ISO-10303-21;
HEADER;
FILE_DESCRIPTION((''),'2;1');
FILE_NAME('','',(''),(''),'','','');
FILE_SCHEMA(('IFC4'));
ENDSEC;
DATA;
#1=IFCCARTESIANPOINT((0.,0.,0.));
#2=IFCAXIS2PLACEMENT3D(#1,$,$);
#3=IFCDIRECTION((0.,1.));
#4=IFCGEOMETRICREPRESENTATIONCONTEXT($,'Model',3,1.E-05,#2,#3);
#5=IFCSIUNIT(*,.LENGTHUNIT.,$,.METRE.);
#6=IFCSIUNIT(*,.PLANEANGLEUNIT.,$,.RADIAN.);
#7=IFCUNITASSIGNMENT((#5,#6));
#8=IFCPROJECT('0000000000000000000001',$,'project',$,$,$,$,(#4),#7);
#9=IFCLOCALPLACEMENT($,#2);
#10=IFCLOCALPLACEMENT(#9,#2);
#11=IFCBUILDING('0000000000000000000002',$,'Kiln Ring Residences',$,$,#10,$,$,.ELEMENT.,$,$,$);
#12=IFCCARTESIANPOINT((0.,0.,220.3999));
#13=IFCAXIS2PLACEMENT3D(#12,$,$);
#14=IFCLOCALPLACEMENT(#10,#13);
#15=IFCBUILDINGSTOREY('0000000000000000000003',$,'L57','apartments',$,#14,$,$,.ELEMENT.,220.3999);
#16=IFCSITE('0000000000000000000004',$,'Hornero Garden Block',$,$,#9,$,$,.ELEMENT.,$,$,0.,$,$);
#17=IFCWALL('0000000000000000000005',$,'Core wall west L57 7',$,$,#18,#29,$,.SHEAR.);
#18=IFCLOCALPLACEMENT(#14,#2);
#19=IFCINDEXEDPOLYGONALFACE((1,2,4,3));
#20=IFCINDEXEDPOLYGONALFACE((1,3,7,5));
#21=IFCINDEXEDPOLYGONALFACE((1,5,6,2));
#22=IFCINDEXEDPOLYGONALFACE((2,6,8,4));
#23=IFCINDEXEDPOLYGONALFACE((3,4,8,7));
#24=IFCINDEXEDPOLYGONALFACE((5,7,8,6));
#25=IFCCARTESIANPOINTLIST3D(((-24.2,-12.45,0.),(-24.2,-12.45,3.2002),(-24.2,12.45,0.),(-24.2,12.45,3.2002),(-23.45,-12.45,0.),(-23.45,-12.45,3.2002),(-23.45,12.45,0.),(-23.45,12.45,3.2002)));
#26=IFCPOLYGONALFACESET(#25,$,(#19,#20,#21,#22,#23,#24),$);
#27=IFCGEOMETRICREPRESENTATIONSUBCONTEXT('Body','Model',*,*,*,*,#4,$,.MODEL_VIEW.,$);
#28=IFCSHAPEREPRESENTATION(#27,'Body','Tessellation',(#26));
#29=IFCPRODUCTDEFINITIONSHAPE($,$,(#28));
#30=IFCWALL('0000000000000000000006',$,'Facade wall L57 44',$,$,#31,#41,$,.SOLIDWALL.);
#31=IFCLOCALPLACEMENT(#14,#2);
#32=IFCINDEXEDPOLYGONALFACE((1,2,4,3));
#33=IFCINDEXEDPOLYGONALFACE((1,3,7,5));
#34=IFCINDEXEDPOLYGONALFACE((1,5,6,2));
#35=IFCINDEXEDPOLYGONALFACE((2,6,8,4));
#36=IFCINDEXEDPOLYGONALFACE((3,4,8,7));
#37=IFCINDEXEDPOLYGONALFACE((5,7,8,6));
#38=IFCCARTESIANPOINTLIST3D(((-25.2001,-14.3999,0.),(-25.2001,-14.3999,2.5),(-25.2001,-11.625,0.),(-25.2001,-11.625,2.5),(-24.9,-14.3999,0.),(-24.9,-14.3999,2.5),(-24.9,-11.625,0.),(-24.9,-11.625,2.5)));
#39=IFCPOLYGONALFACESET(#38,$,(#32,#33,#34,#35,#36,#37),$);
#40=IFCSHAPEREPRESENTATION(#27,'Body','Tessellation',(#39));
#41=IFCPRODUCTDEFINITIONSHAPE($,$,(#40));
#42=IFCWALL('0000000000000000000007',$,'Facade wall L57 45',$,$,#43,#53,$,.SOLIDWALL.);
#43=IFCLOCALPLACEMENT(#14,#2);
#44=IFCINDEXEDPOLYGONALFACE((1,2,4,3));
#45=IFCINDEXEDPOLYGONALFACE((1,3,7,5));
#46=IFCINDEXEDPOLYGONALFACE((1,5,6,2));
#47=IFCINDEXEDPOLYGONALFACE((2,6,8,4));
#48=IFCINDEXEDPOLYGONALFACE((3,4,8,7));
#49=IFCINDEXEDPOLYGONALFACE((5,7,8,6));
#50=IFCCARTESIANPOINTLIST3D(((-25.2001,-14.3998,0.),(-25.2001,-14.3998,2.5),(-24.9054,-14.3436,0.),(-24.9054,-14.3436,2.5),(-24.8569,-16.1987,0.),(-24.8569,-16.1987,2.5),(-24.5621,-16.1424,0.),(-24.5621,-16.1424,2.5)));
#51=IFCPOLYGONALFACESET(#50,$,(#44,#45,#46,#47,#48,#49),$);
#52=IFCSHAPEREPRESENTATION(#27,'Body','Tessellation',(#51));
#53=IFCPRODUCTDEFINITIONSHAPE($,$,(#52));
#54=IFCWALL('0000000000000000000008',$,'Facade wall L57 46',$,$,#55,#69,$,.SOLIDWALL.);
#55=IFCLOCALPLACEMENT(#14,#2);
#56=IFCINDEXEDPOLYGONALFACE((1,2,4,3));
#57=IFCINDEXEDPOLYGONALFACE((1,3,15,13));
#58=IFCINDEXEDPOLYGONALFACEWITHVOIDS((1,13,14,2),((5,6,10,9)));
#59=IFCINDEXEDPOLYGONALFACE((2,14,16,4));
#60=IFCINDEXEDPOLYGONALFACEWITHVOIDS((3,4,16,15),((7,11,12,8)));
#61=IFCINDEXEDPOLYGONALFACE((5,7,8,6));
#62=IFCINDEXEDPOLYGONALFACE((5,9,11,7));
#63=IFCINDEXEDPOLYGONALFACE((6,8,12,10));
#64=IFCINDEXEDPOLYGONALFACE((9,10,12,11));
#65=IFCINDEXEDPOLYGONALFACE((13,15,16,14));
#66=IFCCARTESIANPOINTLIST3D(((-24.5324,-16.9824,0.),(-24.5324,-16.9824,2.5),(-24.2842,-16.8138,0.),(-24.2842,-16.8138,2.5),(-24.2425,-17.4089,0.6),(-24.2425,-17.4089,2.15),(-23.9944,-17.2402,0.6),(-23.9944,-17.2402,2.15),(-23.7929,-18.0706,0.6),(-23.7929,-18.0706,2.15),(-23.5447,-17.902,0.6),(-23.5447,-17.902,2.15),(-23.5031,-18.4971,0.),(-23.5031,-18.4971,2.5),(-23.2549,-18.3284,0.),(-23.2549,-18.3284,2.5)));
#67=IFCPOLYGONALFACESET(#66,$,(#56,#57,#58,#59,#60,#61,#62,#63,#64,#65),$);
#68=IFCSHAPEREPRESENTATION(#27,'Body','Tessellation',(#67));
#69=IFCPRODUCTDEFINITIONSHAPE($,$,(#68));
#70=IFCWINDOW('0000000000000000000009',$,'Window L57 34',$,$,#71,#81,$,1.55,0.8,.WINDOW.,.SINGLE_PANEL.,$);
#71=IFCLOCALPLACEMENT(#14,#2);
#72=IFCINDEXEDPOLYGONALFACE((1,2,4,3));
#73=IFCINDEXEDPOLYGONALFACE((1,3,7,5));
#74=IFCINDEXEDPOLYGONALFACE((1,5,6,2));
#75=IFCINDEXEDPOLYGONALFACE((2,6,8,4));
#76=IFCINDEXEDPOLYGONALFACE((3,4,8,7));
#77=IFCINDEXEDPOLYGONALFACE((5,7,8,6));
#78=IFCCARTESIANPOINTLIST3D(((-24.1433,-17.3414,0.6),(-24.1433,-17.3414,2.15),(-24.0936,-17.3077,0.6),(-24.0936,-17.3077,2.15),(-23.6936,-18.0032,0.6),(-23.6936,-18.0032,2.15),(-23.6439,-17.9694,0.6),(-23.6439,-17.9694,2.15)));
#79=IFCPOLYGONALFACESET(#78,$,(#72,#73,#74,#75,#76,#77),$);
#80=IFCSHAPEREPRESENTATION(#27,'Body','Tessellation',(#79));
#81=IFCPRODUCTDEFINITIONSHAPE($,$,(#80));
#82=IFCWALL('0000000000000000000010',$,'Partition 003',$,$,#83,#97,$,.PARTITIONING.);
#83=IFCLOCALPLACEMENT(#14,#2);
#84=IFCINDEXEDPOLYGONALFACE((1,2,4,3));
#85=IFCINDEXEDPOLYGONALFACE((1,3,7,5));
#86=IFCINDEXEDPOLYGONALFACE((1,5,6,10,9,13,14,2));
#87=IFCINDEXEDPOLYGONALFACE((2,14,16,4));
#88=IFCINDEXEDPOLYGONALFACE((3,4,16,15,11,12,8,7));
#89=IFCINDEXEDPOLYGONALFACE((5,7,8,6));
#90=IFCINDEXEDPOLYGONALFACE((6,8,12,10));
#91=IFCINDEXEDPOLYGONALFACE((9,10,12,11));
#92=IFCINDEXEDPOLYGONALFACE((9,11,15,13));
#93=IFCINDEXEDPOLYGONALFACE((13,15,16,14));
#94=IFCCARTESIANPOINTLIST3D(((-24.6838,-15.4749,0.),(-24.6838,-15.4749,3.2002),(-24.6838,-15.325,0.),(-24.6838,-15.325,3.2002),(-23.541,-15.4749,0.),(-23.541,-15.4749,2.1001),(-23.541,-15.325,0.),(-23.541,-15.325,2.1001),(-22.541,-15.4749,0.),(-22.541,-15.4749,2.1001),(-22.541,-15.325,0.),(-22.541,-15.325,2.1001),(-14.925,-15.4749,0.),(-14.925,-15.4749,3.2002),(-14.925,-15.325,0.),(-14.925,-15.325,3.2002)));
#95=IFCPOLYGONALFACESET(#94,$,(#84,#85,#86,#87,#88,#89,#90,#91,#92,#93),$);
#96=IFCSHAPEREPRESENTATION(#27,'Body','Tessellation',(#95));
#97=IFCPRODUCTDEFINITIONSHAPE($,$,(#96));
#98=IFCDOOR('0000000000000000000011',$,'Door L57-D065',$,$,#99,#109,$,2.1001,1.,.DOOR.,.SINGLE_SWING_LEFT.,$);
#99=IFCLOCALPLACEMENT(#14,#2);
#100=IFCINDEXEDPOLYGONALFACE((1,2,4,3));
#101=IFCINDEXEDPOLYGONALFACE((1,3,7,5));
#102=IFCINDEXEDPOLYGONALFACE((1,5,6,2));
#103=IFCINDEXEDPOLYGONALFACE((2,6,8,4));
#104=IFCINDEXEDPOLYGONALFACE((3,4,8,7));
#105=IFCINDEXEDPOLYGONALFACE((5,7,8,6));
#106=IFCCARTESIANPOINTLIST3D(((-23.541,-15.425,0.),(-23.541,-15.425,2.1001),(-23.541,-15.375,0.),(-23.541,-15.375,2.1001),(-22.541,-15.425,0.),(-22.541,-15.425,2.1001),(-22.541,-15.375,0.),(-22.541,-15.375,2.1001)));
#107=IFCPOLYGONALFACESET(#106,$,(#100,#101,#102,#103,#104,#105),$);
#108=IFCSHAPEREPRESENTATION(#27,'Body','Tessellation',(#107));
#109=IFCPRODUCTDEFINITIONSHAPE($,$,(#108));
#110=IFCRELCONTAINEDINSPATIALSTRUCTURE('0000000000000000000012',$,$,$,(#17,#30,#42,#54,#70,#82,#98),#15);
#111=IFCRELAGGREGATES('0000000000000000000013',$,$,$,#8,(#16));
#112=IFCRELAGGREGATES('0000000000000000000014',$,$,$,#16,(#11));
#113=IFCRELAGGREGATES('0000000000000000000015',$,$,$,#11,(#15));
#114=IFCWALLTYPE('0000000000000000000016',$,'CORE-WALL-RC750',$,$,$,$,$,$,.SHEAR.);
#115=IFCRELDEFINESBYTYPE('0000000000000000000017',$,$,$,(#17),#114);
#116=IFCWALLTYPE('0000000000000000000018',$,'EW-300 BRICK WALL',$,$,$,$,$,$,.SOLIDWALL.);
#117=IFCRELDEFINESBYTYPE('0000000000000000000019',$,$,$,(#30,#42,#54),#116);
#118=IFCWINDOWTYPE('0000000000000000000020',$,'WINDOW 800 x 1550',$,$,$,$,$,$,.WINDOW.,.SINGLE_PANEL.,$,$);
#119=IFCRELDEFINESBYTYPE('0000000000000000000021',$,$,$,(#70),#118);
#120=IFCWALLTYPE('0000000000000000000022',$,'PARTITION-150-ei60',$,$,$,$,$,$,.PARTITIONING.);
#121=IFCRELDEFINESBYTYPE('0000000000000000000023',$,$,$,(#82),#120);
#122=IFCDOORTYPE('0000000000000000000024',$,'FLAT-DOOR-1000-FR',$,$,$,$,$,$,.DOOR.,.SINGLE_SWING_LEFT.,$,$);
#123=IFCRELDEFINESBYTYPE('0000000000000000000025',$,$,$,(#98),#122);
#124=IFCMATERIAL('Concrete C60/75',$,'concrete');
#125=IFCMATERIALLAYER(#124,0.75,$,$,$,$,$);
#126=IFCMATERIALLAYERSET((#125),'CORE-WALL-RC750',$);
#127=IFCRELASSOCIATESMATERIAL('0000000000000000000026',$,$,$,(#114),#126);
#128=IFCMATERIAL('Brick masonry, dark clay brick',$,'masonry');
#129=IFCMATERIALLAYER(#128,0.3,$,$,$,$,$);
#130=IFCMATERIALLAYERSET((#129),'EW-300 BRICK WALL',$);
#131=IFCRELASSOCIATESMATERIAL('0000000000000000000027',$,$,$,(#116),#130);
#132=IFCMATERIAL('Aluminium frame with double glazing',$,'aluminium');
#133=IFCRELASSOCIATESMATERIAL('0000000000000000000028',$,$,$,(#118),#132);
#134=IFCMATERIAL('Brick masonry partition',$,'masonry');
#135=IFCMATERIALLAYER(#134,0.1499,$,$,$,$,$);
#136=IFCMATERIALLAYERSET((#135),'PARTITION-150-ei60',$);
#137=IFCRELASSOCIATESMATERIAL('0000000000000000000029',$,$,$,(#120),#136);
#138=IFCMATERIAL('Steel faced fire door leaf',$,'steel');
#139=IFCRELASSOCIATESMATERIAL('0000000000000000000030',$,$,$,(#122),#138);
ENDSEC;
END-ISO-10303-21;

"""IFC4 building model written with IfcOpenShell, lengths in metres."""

from ifc_helpers import new_model, si_unit, direction, frame, frame_2d, origin, place, context, subcontext, project, spatial, rectangle, extrude, material, layer, layer_set, type_object, element, fill, save


model = new_model("IFC4")

# Units and contexts
model_context = context("Model", 3, precision=1e-05, world=origin(), true_north=direction((0.0, 1.0)))
body_context = subcontext(model_context, "Body", "Model", "MODEL_VIEW")
ifc_project = project(units=[si_unit("LENGTHUNIT", "METRE"), si_unit("PLANEANGLEUNIT", "RADIAN")], contexts=[model_context])

# Site, building, storey
site_placement = place(None, origin())
site = spatial("IfcSite", under=ifc_project, at=site_placement, Name="Hornero Garden Block", CompositionType="ELEMENT", RefElevation=0.0)
building_placement = place(site_placement, origin())
building = spatial("IfcBuilding", under=site, at=building_placement, Name="Kiln Ring Residences", CompositionType="ELEMENT")
storey_placement = place(building_placement, frame((0.0, 0.0, 220.3999)))
storey = spatial("IfcBuildingStorey", under=building, at=storey_placement, Name="L57", Description="apartments", CompositionType="ELEMENT", Elevation=220.3999)

# Walls
ifc_material_1 = material(Name="Concrete C60/75", Category="concrete")
ifc_layer_1 = layer(ifc_material_1, 0.75)
ifc_layer_set_1 = layer_set([ifc_layer_1], Name="CORE-WALL-RC750")
wall_type_1 = type_object("IfcWallType", Name="CORE-WALL-RC750", PredefinedType="SHEAR", material=ifc_layer_set_1)
wall_1_placement = place(storey_placement, frame((-23.825, -12.45, 0.0), z_axis=(0.0, 0.0, 1.0), x_axis=(0.0, 1.0, 0.0)))
element("IfcWall", 1, at=wall_1_placement, inside=storey, type_object=wall_type_1, Name="Core wall west L57 7", PredefinedType="SHEAR", context=body_context, shape_type="SweptSolid", body=[
    extrude(rectangle(XDim=24.8999, YDim=0.75, at=frame_2d((12.45, 0.0))), origin(), (0.0, 0.0, 1.0), 3.2002),
])
ifc_material_2 = material(Name="Brick masonry, dark clay brick", Category="masonry")
ifc_layer_2 = layer(ifc_material_2, 0.3)
ifc_layer_set_2 = layer_set([ifc_layer_2], Name="EW-300 BRICK WALL")
wall_type_2 = type_object("IfcWallType", Name="EW-300 BRICK WALL", PredefinedType="SOLIDWALL", material=ifc_layer_set_2)
wall_2_placement = place(storey_placement, frame((-25.05, -11.625, 0.0), z_axis=(0.0, 0.0, 1.0), x_axis=(0.0, -1.0, 0.0)))
element("IfcWall", 2, at=wall_2_placement, inside=storey, type_object=wall_type_2, Name="Facade wall L57 44", PredefinedType="SOLIDWALL", context=body_context, shape_type="SweptSolid", body=[
    extrude(rectangle(XDim=2.7749, YDim=0.3, at=frame_2d((1.3875, 0.0))), origin(), (0.0, 0.0, 1.0), 2.5),
])
wall_3_placement = place(storey_placement, frame((-25.0527, -14.3718, 0.0), z_axis=(0.0, 0.0, 1.0), x_axis=(0.187443, -0.982275, 0.0)))
element("IfcWall", 3, at=wall_3_placement, inside=storey, type_object=wall_type_2, Name="Facade wall L57 45", PredefinedType="SOLIDWALL", context=body_context, shape_type="SweptSolid", body=[
    extrude(rectangle(XDim=1.8313, YDim=0.3, at=frame_2d((0.9155, 0.0))), origin(), (0.0, 0.0, 1.0), 2.5),
])

# Wall, opening, window
wall_4_placement = place(storey_placement, frame((-24.4082, -16.8982, 0.0), z_axis=(0.0, 0.0, 1.0), x_axis=(0.562062, -0.827095, 0.0)))
wall_4 = element("IfcWall", 4, at=wall_4_placement, inside=storey, type_object=wall_type_2, Name="Facade wall L57 46", PredefinedType="SOLIDWALL", context=body_context, shape_type="SweptSolid", body=[
    extrude(rectangle(XDim=1.8313, YDim=0.3, at=frame_2d((0.9155, 0.0))), origin(), (0.0, 0.0, 1.0), 2.5),
])
opening_1_placement = place(wall_4_placement, frame((0.5156, 0.0, 0.6001)))
opening_1 = element("IfcOpeningElement", 5, at=opening_1_placement, cuts=wall_4, PredefinedType="OPENING", context=body_context, shape_type="SweptSolid", body=[
    extrude(rectangle(XDim=0.8, YDim=1.55, at=frame_2d((0.3999, 0.7749))), frame((0.0, 0.1599, 0.0), z_axis=(0.0, -1.0, 0.0), x_axis=(1.0, 0.0, 0.0)), (0.0, 0.0, 1.0), 0.3201),
])
ifc_material_3 = material(Name="Aluminium frame with double glazing", Category="aluminium")
window_type = type_object("IfcWindowType", Name="WINDOW 800 x 1550", PartitioningType="SINGLE_PANEL", PredefinedType="WINDOW", material=ifc_material_3)
window_placement = place(opening_1_placement, origin())
window = element("IfcWindow", 6, at=window_placement, inside=storey, type_object=window_type, Name="Window L57 34", OverallHeight=1.55, OverallWidth=0.8, PartitioningType="SINGLE_PANEL", PredefinedType="WINDOW", context=body_context, shape_type="SweptSolid", body=[
    extrude(rectangle(XDim=0.8, YDim=1.55, at=frame_2d((0.3999, 0.7749))), frame((0.0, 0.03, 0.0), z_axis=(0.0, -1.0, 0.0), x_axis=(1.0, 0.0, 0.0)), (0.0, 0.0, 1.0), 0.0601),
])
fill(opening_1, window)

# Wall, opening, door
ifc_material_4 = material(Name="Brick masonry partition", Category="masonry")
ifc_layer_3 = layer(ifc_material_4, 0.1499)
ifc_layer_set_3 = layer_set([ifc_layer_3], Name="PARTITION-150-ei60")
wall_type_3 = type_object("IfcWallType", Name="PARTITION-150-ei60", PredefinedType="PARTITIONING", material=ifc_layer_set_3)
wall_5_placement = place(storey_placement, frame((-24.6838, -15.3999, 0.0), z_axis=(0.0, 0.0, 1.0), x_axis=(1.0, 0.0, 0.0)))
wall_5 = element("IfcWall", 7, at=wall_5_placement, inside=storey, type_object=wall_type_3, Name="Partition 003", PredefinedType="PARTITIONING", context=body_context, shape_type="SweptSolid", body=[
    extrude(rectangle(XDim=9.7588, YDim=0.1499, at=frame_2d((4.8794, 0.0))), origin(), (0.0, 0.0, 1.0), 3.2002),
])
opening_2_placement = place(wall_5_placement, frame((1.1428, 0.0, 0.0)))
opening_2 = element("IfcOpeningElement", 8, at=opening_2_placement, cuts=wall_5, PredefinedType="OPENING", context=body_context, shape_type="SweptSolid", body=[
    extrude(rectangle(XDim=1.0, YDim=2.1001, at=frame_2d((0.5, 1.05))), frame((0.0, 0.085, 0.0), z_axis=(0.0, -1.0, 0.0), x_axis=(1.0, 0.0, 0.0)), (0.0, 0.0, 1.0), 0.1699),
])
ifc_material_5 = material(Name="Steel faced fire door leaf", Category="steel")
door_type_1 = type_object("IfcDoorType", Name="FLAT-DOOR-1000-FR", OperationType="SINGLE_SWING_LEFT", PredefinedType="DOOR", material=ifc_material_5)
door_1_placement = place(opening_2_placement, origin())
door_1 = element("IfcDoor", 9, at=door_1_placement, inside=storey, type_object=door_type_1, Name="Door L57-D065", OperationType="SINGLE_SWING_LEFT", OverallHeight=2.1001, OverallWidth=1.0, PredefinedType="DOOR", context=body_context, shape_type="SweptSolid", body=[
    extrude(rectangle(XDim=1.0, YDim=2.1001, at=frame_2d((0.5, 1.05))), frame((0.0, 0.0249, 0.0), z_axis=(0.0, -1.0, 0.0), x_axis=(1.0, 0.0, 0.0)), (0.0, 0.0, 1.0), 0.05),
])
fill(opening_2, door_1)

save(model, "model.ifc")
